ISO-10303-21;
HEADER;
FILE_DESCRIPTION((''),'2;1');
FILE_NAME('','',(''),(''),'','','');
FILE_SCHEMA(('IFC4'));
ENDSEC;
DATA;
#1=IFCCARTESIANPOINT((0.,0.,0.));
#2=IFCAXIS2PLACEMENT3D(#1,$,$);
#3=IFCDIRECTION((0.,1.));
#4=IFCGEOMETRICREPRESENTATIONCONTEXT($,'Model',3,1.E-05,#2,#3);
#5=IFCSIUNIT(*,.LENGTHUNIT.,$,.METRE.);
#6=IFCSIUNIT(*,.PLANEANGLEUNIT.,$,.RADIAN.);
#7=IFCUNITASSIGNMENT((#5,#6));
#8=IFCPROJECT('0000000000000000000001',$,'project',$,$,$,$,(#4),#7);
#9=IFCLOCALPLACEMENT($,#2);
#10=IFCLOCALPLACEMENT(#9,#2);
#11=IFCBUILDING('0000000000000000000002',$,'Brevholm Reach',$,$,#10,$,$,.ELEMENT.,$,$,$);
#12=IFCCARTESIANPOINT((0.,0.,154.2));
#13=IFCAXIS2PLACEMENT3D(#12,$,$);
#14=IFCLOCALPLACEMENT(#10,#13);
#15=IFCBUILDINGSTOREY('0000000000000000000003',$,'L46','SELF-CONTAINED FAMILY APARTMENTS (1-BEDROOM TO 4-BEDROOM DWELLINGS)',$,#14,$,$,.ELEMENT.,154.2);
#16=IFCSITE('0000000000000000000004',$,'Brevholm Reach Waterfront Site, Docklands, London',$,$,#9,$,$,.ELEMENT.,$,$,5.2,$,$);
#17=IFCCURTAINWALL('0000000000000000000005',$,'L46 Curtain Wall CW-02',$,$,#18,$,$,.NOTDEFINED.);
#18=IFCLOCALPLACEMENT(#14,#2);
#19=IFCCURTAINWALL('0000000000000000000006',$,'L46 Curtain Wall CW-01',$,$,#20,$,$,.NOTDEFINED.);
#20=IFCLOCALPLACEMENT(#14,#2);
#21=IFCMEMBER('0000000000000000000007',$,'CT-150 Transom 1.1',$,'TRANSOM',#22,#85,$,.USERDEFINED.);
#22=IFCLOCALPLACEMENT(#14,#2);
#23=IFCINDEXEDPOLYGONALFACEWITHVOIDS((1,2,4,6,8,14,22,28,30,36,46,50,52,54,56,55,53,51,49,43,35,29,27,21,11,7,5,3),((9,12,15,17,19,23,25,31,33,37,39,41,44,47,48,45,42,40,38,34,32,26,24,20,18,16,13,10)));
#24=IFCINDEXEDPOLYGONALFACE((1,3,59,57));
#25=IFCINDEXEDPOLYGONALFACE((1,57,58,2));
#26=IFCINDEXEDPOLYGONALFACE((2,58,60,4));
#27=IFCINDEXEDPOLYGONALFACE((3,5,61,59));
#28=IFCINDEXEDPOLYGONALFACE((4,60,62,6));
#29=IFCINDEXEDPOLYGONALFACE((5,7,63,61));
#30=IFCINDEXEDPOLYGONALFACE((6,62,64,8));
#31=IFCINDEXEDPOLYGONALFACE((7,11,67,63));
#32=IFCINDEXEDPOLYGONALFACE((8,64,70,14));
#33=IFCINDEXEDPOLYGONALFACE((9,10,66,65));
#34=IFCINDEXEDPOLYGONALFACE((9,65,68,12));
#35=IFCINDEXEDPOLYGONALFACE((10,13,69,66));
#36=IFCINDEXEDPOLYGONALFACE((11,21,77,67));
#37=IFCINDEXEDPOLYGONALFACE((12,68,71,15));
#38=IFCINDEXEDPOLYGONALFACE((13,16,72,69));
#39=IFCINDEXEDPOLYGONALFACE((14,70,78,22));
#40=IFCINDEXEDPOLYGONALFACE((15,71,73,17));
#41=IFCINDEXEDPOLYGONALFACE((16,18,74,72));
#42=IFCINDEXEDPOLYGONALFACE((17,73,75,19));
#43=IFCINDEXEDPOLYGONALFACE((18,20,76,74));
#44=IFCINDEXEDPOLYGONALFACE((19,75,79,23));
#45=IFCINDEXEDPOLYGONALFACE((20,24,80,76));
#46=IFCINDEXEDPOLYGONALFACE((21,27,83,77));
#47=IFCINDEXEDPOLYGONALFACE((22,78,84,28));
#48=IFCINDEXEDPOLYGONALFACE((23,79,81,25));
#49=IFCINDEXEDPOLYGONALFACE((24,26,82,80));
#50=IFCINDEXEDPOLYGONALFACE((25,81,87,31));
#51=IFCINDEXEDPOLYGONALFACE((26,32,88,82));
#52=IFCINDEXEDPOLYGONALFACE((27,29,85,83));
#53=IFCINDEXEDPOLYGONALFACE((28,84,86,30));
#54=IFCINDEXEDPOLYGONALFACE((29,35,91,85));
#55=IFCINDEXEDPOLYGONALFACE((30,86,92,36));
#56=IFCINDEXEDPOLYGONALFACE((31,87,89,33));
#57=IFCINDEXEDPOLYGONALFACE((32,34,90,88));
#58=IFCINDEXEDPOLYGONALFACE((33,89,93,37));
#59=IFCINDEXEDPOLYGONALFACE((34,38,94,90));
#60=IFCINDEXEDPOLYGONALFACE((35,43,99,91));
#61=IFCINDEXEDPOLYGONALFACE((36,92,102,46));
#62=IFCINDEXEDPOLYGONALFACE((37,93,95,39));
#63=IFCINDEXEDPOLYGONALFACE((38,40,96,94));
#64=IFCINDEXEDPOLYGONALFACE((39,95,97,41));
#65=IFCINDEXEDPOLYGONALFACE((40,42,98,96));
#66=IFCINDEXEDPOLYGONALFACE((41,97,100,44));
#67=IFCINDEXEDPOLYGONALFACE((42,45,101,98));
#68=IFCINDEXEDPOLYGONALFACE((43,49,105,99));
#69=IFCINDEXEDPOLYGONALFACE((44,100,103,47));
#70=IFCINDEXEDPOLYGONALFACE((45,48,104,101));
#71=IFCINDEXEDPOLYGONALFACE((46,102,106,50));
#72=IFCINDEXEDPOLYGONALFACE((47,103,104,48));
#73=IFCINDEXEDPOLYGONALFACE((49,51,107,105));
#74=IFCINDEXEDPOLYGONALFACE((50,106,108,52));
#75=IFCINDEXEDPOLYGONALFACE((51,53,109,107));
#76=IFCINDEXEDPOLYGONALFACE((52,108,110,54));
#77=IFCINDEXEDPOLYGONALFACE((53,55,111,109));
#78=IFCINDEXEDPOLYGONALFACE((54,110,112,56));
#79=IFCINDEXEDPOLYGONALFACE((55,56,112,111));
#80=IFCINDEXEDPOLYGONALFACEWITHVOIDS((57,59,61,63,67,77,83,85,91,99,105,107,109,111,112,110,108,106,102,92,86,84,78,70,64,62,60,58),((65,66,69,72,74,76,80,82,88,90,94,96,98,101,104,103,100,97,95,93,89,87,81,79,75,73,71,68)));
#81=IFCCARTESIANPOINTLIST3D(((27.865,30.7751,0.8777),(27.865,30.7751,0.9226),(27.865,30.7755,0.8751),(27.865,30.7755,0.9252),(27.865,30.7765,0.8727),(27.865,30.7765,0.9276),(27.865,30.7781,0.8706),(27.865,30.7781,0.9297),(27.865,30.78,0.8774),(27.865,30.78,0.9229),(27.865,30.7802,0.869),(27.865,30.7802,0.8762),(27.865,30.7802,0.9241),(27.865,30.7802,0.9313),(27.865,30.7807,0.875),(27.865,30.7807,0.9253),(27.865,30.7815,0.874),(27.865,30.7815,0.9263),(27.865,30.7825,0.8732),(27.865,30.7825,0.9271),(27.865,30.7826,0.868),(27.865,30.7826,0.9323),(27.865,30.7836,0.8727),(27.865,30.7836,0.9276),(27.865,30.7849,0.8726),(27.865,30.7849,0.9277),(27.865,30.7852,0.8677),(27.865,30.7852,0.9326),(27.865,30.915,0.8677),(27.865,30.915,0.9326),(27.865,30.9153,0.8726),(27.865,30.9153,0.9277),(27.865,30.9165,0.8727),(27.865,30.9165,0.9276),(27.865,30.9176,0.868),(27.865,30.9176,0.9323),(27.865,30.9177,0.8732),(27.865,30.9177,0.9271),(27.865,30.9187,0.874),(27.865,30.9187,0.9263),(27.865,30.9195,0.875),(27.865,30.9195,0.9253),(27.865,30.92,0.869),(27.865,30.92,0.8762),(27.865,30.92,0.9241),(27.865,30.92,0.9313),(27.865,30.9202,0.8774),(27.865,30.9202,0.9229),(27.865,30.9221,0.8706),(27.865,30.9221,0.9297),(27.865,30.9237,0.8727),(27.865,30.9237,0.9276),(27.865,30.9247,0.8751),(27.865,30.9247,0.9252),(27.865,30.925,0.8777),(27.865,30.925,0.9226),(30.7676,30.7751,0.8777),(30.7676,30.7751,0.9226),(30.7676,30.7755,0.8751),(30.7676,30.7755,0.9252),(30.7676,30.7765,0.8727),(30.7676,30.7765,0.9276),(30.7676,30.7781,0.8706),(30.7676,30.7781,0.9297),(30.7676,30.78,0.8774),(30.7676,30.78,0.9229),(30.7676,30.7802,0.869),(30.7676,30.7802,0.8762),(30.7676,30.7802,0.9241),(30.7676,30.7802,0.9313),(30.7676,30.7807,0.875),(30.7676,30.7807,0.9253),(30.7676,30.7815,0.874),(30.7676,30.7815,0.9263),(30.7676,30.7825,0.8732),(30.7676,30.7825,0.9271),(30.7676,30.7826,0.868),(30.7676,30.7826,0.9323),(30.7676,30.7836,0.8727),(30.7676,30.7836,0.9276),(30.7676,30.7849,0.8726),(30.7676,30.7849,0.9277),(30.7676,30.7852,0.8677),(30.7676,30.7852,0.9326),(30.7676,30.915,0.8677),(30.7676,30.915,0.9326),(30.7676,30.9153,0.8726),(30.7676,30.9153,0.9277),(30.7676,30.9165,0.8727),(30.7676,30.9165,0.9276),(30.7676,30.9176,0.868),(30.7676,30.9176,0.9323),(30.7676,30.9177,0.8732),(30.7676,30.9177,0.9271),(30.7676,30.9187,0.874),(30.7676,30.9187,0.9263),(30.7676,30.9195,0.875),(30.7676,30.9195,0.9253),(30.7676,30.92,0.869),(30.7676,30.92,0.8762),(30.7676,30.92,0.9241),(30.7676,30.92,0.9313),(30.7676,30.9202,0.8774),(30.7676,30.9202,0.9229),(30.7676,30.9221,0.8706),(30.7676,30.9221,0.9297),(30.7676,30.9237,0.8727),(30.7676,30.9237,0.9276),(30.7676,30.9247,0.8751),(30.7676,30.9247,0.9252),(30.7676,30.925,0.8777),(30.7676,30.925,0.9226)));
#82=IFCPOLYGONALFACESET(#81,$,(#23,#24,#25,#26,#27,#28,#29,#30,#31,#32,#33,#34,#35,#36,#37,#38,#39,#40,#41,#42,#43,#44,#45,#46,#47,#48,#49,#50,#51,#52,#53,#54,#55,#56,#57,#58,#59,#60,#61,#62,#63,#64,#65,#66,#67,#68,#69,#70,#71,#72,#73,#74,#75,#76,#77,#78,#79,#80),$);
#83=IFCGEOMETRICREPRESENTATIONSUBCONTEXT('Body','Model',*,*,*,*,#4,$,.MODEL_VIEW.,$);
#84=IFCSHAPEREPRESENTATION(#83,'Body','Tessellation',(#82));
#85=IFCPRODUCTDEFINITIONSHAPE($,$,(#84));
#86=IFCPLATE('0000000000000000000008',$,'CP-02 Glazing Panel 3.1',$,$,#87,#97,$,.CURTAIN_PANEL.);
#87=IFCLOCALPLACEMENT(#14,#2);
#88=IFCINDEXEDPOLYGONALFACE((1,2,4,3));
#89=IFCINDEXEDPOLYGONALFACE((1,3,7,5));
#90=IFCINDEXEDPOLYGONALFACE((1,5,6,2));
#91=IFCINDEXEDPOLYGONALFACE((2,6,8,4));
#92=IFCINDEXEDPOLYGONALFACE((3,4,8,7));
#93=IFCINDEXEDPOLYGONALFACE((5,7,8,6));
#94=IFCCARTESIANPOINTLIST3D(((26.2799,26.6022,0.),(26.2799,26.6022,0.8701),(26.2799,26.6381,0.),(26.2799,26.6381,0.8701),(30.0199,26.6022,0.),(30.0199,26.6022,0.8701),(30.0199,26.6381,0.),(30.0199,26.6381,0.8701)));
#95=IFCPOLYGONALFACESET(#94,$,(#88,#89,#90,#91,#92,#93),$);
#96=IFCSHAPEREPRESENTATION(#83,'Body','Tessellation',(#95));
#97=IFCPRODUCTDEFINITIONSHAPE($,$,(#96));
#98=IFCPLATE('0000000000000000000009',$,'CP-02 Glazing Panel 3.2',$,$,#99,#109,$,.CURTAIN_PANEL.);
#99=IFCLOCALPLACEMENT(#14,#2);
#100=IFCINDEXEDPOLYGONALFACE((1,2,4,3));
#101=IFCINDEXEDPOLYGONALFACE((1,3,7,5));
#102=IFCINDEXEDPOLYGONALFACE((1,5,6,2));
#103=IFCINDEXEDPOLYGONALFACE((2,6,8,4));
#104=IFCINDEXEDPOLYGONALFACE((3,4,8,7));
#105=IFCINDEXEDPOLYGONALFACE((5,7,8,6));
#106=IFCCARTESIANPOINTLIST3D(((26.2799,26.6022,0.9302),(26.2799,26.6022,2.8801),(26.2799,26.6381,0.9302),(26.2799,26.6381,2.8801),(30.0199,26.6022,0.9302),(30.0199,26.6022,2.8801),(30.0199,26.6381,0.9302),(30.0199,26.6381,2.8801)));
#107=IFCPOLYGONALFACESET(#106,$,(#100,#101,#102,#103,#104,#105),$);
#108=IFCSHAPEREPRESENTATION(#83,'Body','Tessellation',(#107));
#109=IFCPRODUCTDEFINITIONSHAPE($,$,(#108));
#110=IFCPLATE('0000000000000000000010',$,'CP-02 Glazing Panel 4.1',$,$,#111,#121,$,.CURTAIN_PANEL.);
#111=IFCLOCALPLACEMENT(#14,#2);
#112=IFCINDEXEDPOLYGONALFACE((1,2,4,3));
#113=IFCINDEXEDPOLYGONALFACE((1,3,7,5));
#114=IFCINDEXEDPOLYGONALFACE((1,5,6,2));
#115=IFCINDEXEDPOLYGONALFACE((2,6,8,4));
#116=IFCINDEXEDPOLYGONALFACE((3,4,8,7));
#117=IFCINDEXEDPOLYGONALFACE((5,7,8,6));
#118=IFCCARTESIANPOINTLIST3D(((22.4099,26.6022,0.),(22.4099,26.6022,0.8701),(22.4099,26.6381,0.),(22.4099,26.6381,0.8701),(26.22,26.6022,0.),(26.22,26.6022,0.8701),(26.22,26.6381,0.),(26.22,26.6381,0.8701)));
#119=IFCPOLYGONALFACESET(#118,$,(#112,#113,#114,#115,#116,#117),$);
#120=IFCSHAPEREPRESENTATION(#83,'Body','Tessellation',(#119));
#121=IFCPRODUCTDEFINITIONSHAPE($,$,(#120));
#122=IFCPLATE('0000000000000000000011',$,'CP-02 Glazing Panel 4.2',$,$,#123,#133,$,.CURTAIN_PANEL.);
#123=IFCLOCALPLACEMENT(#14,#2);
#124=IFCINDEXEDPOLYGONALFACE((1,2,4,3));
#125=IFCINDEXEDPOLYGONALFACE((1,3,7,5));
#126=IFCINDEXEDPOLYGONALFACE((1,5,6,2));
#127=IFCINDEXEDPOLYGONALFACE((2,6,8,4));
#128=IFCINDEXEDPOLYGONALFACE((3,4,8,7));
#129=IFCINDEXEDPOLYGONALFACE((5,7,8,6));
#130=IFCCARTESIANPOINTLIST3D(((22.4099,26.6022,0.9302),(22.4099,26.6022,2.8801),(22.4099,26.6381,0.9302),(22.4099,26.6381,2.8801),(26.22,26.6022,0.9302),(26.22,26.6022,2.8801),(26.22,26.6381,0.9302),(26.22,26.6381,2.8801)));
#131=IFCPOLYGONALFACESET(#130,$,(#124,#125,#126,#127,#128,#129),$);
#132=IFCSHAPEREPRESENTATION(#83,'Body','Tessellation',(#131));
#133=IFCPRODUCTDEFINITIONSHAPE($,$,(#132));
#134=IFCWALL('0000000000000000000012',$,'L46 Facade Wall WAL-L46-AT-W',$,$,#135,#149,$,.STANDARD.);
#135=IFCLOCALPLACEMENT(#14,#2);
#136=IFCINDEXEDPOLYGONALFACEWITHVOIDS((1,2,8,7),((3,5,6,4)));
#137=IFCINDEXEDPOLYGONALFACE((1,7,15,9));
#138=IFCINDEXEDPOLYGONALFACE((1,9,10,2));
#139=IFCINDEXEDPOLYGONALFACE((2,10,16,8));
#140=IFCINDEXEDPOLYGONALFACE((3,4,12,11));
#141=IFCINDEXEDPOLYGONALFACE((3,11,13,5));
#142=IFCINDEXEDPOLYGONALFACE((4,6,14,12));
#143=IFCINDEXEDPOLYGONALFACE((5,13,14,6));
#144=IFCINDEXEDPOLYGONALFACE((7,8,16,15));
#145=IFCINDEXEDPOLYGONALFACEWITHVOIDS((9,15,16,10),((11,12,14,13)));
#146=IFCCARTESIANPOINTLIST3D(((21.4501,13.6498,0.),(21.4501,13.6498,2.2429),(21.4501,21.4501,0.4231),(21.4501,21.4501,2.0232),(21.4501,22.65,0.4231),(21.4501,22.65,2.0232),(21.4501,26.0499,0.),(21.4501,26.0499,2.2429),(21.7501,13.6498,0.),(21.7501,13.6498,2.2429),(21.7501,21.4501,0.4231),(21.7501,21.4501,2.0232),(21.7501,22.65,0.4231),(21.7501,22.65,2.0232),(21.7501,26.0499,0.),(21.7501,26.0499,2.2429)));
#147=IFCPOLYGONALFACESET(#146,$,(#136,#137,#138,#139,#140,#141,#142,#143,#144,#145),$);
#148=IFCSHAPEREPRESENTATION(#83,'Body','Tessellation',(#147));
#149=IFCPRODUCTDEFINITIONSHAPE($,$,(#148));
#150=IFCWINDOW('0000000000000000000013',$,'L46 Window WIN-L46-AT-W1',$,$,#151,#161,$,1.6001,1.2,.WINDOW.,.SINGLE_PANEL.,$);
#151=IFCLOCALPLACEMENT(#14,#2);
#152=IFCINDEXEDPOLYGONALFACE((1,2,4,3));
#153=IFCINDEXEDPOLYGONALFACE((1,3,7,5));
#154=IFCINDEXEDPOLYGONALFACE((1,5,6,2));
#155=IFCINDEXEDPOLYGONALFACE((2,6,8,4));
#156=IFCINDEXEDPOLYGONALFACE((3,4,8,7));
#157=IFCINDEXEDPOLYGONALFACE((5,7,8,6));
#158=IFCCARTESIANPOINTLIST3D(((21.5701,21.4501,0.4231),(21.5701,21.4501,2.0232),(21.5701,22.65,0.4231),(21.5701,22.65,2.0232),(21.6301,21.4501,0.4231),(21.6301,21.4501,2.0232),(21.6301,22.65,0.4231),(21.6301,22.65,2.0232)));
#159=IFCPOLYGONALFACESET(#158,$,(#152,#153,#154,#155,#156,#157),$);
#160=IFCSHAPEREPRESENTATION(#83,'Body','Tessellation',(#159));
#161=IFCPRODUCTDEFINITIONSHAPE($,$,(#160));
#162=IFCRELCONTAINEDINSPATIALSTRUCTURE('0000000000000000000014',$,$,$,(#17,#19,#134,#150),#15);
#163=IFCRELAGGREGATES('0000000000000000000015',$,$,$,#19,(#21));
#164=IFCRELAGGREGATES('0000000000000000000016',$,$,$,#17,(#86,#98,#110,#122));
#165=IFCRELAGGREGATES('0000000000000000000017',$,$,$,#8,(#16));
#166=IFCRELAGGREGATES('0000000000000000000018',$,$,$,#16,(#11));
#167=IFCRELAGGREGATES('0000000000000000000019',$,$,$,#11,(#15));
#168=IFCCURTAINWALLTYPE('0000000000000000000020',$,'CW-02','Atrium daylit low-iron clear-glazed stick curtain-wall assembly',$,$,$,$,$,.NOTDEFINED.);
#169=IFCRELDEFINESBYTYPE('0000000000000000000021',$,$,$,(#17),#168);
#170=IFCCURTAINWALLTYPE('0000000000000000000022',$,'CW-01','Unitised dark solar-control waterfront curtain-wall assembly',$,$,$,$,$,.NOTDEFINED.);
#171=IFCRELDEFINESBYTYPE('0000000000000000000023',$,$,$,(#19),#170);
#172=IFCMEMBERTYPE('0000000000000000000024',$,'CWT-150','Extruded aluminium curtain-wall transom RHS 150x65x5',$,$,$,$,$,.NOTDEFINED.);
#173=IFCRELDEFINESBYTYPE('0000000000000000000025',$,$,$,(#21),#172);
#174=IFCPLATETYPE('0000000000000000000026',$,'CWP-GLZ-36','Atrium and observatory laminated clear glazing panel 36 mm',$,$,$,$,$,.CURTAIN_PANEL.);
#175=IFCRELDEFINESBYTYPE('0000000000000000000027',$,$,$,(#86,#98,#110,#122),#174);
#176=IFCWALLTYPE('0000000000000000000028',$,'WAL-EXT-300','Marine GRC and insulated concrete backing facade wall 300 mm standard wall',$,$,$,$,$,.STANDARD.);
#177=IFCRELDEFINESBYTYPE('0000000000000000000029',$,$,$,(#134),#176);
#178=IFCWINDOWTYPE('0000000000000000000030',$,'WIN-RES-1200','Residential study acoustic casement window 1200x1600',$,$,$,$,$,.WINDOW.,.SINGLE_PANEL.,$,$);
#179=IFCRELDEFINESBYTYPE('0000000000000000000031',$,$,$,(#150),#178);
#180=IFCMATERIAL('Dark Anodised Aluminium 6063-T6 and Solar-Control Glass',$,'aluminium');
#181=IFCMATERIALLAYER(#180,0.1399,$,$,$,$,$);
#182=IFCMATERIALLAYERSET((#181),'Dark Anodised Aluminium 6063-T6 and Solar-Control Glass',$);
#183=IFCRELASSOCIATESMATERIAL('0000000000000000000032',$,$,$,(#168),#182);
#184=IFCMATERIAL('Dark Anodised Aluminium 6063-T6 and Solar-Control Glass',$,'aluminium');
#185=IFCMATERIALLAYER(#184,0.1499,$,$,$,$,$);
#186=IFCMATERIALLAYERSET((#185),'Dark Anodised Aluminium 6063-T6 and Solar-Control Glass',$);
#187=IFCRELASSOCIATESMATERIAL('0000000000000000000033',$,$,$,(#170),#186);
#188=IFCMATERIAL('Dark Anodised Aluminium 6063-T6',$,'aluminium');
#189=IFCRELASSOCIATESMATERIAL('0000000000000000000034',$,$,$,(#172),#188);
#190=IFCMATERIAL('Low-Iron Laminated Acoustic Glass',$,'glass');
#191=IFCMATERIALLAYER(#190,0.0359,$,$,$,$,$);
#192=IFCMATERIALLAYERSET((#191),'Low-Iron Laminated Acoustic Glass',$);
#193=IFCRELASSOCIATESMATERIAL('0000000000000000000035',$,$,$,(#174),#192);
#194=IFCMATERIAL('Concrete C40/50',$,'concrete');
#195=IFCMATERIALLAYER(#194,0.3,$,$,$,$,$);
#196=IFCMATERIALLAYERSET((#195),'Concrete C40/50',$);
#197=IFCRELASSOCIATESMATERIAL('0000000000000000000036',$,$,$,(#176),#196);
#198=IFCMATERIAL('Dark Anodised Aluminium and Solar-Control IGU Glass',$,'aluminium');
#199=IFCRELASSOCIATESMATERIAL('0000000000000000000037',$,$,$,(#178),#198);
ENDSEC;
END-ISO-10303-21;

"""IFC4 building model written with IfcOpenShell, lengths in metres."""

from ifc_helpers import new_model, si_unit, direction, frame, frame_2d, origin, origin_2d, place, context, subcontext, project, spatial, rectangle, hollow_rectangle, extrude, material, layer, layer_set, material_profile, profile_set, type_object, element, fill, aggregate, save


model = new_model("IFC4")

# Units and contexts
model_context = context("Model", 3, precision=1e-05, world=origin(), true_north=direction((0.0, 1.0)))
body_context = subcontext(model_context, "Body", "Model", "MODEL_VIEW")
ifc_project = project(units=[si_unit("LENGTHUNIT", "METRE"), si_unit("PLANEANGLEUNIT", "RADIAN")], contexts=[model_context])

# Site, building, storey
site_placement = place(None, origin())
site = spatial("IfcSite", under=ifc_project, at=site_placement, Name="Brevholm Reach Waterfront Site, Docklands, London", CompositionType="ELEMENT", RefElevation=5.2)
building_placement = place(site_placement, origin())
building = spatial("IfcBuilding", under=site, at=building_placement, Name="Brevholm Reach", CompositionType="ELEMENT")
storey_placement = place(building_placement, frame((0.0, 0.0, 154.2)))
storey = spatial("IfcBuildingStorey", under=building, at=storey_placement, Name="L46", Description="SELF-CONTAINED FAMILY APARTMENTS (1-BEDROOM TO 4-BEDROOM DWELLINGS)", CompositionType="ELEMENT", Elevation=154.2)

# Curtain wall
ifc_material_1 = material(Name="Dark Anodised Aluminium 6063-T6 and Solar-Control Glass", Category="aluminium")
ifc_layer_1 = layer(ifc_material_1, 0.1399)
ifc_layer_set_1 = layer_set([ifc_layer_1], Name="Dark Anodised Aluminium 6063-T6 and Solar-Control Glass")
curtain_wall_type_1 = type_object("IfcCurtainWallType", Name="CW-02", Description="Atrium daylit low-iron clear-glazed stick curtain-wall assembly", PredefinedType="NOTDEFINED", material=ifc_layer_set_1)
curtain_wall_1_placement = place(storey_placement, origin())
curtain_wall_1 = element("IfcCurtainWall", 1, at=curtain_wall_1_placement, inside=storey, type_object=curtain_wall_type_1, Name="L46 Curtain Wall CW-02", PredefinedType="NOTDEFINED")

# Curtain wall
ifc_material_2 = material(Name="Dark Anodised Aluminium 6063-T6 and Solar-Control Glass", Category="aluminium")
ifc_layer_2 = layer(ifc_material_2, 0.1499)
ifc_layer_set_2 = layer_set([ifc_layer_2], Name="Dark Anodised Aluminium 6063-T6 and Solar-Control Glass")
curtain_wall_type_2 = type_object("IfcCurtainWallType", Name="CW-01", Description="Unitised dark solar-control waterfront curtain-wall assembly", PredefinedType="NOTDEFINED", material=ifc_layer_set_2)
curtain_wall_2_placement = place(storey_placement, origin())
curtain_wall_2 = element("IfcCurtainWall", 2, at=curtain_wall_2_placement, inside=storey, type_object=curtain_wall_type_2, Name="L46 Curtain Wall CW-01", PredefinedType="NOTDEFINED")

# Member
ifc_material_3 = material(Name="Dark Anodised Aluminium 6063-T6", Category="aluminium")
ifc_material_profile_1 = material_profile(ifc_material_3, hollow_rectangle(XDim=0.0649, YDim=0.1499, WallThickness=0.0049, InnerFilletRadius=0.0049, OuterFilletRadius=0.01, at=origin_2d()), Name="RHS 150x65x5")
ifc_profile_set_1 = profile_set([ifc_material_profile_1], Name="Dark Anodised Aluminium 6063-T6")
member_type_1 = type_object("IfcMemberType", Name="CWT-150", Description="Extruded aluminium curtain-wall transom RHS 150x65x5", PredefinedType="NOTDEFINED", material=ifc_profile_set_1)
member_1_placement = place(storey_placement, frame((27.865, 30.8501, 0.9001), z_axis=(1.0, 0.0, 0.0), x_axis=(0.0, 0.0, 1.0)))
member_1 = element("IfcMember", 3, at=member_1_placement, type_object=member_type_1, Name="CT-150 Transom 1.1", ObjectType="TRANSOM", PredefinedType="USERDEFINED", context=body_context, shape_type="SweptSolid", body=[
    extrude(hollow_rectangle(XDim=0.0649, YDim=0.1499, WallThickness=0.0049, InnerFilletRadius=0.0049, OuterFilletRadius=0.01, at=origin_2d()), origin(), (0.0, 0.0, 1.0), 2.9026),
])
aggregate(curtain_wall_2, [member_1])

# Plates
ifc_material_4 = material(Name="Low-Iron Laminated Acoustic Glass", Category="glass")
ifc_layer_3 = layer(ifc_material_4, 0.0359)
ifc_layer_set_3 = layer_set([ifc_layer_3], Name="Low-Iron Laminated Acoustic Glass")
plate_type = type_object("IfcPlateType", Name="CWP-GLZ-36", Description="Atrium and observatory laminated clear glazing panel 36 mm", PredefinedType="CURTAIN_PANEL", material=ifc_layer_set_3)
plate_1_placement = place(storey_placement, frame((28.1499, 26.6201, 0.0), z_axis=(0.0, 0.0, 1.0), x_axis=(-1.0, 0.0, 0.0)))
plate_1 = element("IfcPlate", 4, at=plate_1_placement, type_object=plate_type, Name="CP-02 Glazing Panel 3.1", PredefinedType="CURTAIN_PANEL", context=body_context, shape_type="SweptSolid", body=[
    extrude(rectangle(XDim=3.74, YDim=0.0359, at=origin_2d()), origin(), (0.0, 0.0, 1.0), 0.8701),
])
plate_2_placement = place(storey_placement, frame((28.1499, 26.6201, 0.9302), z_axis=(0.0, 0.0, 1.0), x_axis=(-1.0, 0.0, 0.0)))
plate_2 = element("IfcPlate", 5, at=plate_2_placement, type_object=plate_type, Name="CP-02 Glazing Panel 3.2", PredefinedType="CURTAIN_PANEL", context=body_context, shape_type="SweptSolid", body=[
    extrude(rectangle(XDim=3.74, YDim=0.0359, at=origin_2d()), origin(), (0.0, 0.0, 1.0), 1.95),
])
plate_3_placement = place(storey_placement, frame((24.3149, 26.6201, 0.0), z_axis=(0.0, 0.0, 1.0), x_axis=(-1.0, 0.0, 0.0)))
plate_3 = element("IfcPlate", 6, at=plate_3_placement, type_object=plate_type, Name="CP-02 Glazing Panel 4.1", PredefinedType="CURTAIN_PANEL", context=body_context, shape_type="SweptSolid", body=[
    extrude(rectangle(XDim=3.8101, YDim=0.0359, at=origin_2d()), origin(), (0.0, 0.0, 1.0), 0.8701),
])
plate_4_placement = place(storey_placement, frame((24.3149, 26.6201, 0.9302), z_axis=(0.0, 0.0, 1.0), x_axis=(-1.0, 0.0, 0.0)))
plate_4 = element("IfcPlate", 7, at=plate_4_placement, type_object=plate_type, Name="CP-02 Glazing Panel 4.2", PredefinedType="CURTAIN_PANEL", context=body_context, shape_type="SweptSolid", body=[
    extrude(rectangle(XDim=3.8101, YDim=0.0359, at=origin_2d()), origin(), (0.0, 0.0, 1.0), 1.95),
])
aggregate(curtain_wall_1, [plate_1, plate_2, plate_3, plate_4])

# Wall, opening, window
ifc_material_5 = material(Name="Concrete C40/50", Category="concrete")
ifc_layer_4 = layer(ifc_material_5, 0.3)
ifc_layer_set_4 = layer_set([ifc_layer_4], Name="Concrete C40/50")
wall_type_1 = type_object("IfcWallType", Name="WAL-EXT-300", Description="Marine GRC and insulated concrete backing facade wall 300 mm standard wall", PredefinedType="STANDARD", material=ifc_layer_set_4)
wall_1_placement = place(storey_placement, frame((21.6001, 26.05, 0.0), z_axis=(0.0, 0.0, 1.0), x_axis=(0.0, -1.0, 0.0)))
wall_1 = element("IfcWall", 8, at=wall_1_placement, inside=storey, type_object=wall_type_1, Name="L46 Facade Wall WAL-L46-AT-W", PredefinedType="STANDARD", context=body_context, shape_type="SweptSolid", body=[
    extrude(rectangle(XDim=12.4001, YDim=0.3, at=frame_2d((6.2002, 0.0))), origin(), (0.0, 0.0, 1.0), 2.2429),
])
opening_1_placement = place(wall_1_placement, frame((3.3999, 0.0, 0.4231)))
opening_1 = element("IfcOpeningElement", 9, at=opening_1_placement, cuts=wall_1, PredefinedType="OPENING", context=body_context, shape_type="SweptSolid", body=[
    extrude(rectangle(XDim=1.2, YDim=1.6001, at=frame_2d((0.6001, 0.8))), frame((0.0, 0.1599, 0.0), z_axis=(0.0, -1.0, 0.0), x_axis=(1.0, 0.0, 0.0)), (0.0, 0.0, 1.0), 0.3201),
])
ifc_material_6 = material(Name="Dark Anodised Aluminium and Solar-Control IGU Glass", Category="aluminium")
window_type = type_object("IfcWindowType", Name="WIN-RES-1200", Description="Residential study acoustic casement window 1200x1600", PartitioningType="SINGLE_PANEL", PredefinedType="WINDOW", material=ifc_material_6)
window_placement = place(opening_1_placement, origin())
window = element("IfcWindow", 10, at=window_placement, inside=storey, type_object=window_type, Name="L46 Window WIN-L46-AT-W1", OverallHeight=1.6001, OverallWidth=1.2, PartitioningType="SINGLE_PANEL", PredefinedType="WINDOW", context=body_context, shape_type="SweptSolid", body=[
    extrude(rectangle(XDim=1.2, YDim=1.6001, at=frame_2d((0.6001, 0.8))), frame((0.0, 0.03, 0.0), z_axis=(0.0, -1.0, 0.0), x_axis=(1.0, 0.0, 0.0)), (0.0, 0.0, 1.0), 0.0601),
])
fill(opening_1, window)

save(model, "model.ifc")
